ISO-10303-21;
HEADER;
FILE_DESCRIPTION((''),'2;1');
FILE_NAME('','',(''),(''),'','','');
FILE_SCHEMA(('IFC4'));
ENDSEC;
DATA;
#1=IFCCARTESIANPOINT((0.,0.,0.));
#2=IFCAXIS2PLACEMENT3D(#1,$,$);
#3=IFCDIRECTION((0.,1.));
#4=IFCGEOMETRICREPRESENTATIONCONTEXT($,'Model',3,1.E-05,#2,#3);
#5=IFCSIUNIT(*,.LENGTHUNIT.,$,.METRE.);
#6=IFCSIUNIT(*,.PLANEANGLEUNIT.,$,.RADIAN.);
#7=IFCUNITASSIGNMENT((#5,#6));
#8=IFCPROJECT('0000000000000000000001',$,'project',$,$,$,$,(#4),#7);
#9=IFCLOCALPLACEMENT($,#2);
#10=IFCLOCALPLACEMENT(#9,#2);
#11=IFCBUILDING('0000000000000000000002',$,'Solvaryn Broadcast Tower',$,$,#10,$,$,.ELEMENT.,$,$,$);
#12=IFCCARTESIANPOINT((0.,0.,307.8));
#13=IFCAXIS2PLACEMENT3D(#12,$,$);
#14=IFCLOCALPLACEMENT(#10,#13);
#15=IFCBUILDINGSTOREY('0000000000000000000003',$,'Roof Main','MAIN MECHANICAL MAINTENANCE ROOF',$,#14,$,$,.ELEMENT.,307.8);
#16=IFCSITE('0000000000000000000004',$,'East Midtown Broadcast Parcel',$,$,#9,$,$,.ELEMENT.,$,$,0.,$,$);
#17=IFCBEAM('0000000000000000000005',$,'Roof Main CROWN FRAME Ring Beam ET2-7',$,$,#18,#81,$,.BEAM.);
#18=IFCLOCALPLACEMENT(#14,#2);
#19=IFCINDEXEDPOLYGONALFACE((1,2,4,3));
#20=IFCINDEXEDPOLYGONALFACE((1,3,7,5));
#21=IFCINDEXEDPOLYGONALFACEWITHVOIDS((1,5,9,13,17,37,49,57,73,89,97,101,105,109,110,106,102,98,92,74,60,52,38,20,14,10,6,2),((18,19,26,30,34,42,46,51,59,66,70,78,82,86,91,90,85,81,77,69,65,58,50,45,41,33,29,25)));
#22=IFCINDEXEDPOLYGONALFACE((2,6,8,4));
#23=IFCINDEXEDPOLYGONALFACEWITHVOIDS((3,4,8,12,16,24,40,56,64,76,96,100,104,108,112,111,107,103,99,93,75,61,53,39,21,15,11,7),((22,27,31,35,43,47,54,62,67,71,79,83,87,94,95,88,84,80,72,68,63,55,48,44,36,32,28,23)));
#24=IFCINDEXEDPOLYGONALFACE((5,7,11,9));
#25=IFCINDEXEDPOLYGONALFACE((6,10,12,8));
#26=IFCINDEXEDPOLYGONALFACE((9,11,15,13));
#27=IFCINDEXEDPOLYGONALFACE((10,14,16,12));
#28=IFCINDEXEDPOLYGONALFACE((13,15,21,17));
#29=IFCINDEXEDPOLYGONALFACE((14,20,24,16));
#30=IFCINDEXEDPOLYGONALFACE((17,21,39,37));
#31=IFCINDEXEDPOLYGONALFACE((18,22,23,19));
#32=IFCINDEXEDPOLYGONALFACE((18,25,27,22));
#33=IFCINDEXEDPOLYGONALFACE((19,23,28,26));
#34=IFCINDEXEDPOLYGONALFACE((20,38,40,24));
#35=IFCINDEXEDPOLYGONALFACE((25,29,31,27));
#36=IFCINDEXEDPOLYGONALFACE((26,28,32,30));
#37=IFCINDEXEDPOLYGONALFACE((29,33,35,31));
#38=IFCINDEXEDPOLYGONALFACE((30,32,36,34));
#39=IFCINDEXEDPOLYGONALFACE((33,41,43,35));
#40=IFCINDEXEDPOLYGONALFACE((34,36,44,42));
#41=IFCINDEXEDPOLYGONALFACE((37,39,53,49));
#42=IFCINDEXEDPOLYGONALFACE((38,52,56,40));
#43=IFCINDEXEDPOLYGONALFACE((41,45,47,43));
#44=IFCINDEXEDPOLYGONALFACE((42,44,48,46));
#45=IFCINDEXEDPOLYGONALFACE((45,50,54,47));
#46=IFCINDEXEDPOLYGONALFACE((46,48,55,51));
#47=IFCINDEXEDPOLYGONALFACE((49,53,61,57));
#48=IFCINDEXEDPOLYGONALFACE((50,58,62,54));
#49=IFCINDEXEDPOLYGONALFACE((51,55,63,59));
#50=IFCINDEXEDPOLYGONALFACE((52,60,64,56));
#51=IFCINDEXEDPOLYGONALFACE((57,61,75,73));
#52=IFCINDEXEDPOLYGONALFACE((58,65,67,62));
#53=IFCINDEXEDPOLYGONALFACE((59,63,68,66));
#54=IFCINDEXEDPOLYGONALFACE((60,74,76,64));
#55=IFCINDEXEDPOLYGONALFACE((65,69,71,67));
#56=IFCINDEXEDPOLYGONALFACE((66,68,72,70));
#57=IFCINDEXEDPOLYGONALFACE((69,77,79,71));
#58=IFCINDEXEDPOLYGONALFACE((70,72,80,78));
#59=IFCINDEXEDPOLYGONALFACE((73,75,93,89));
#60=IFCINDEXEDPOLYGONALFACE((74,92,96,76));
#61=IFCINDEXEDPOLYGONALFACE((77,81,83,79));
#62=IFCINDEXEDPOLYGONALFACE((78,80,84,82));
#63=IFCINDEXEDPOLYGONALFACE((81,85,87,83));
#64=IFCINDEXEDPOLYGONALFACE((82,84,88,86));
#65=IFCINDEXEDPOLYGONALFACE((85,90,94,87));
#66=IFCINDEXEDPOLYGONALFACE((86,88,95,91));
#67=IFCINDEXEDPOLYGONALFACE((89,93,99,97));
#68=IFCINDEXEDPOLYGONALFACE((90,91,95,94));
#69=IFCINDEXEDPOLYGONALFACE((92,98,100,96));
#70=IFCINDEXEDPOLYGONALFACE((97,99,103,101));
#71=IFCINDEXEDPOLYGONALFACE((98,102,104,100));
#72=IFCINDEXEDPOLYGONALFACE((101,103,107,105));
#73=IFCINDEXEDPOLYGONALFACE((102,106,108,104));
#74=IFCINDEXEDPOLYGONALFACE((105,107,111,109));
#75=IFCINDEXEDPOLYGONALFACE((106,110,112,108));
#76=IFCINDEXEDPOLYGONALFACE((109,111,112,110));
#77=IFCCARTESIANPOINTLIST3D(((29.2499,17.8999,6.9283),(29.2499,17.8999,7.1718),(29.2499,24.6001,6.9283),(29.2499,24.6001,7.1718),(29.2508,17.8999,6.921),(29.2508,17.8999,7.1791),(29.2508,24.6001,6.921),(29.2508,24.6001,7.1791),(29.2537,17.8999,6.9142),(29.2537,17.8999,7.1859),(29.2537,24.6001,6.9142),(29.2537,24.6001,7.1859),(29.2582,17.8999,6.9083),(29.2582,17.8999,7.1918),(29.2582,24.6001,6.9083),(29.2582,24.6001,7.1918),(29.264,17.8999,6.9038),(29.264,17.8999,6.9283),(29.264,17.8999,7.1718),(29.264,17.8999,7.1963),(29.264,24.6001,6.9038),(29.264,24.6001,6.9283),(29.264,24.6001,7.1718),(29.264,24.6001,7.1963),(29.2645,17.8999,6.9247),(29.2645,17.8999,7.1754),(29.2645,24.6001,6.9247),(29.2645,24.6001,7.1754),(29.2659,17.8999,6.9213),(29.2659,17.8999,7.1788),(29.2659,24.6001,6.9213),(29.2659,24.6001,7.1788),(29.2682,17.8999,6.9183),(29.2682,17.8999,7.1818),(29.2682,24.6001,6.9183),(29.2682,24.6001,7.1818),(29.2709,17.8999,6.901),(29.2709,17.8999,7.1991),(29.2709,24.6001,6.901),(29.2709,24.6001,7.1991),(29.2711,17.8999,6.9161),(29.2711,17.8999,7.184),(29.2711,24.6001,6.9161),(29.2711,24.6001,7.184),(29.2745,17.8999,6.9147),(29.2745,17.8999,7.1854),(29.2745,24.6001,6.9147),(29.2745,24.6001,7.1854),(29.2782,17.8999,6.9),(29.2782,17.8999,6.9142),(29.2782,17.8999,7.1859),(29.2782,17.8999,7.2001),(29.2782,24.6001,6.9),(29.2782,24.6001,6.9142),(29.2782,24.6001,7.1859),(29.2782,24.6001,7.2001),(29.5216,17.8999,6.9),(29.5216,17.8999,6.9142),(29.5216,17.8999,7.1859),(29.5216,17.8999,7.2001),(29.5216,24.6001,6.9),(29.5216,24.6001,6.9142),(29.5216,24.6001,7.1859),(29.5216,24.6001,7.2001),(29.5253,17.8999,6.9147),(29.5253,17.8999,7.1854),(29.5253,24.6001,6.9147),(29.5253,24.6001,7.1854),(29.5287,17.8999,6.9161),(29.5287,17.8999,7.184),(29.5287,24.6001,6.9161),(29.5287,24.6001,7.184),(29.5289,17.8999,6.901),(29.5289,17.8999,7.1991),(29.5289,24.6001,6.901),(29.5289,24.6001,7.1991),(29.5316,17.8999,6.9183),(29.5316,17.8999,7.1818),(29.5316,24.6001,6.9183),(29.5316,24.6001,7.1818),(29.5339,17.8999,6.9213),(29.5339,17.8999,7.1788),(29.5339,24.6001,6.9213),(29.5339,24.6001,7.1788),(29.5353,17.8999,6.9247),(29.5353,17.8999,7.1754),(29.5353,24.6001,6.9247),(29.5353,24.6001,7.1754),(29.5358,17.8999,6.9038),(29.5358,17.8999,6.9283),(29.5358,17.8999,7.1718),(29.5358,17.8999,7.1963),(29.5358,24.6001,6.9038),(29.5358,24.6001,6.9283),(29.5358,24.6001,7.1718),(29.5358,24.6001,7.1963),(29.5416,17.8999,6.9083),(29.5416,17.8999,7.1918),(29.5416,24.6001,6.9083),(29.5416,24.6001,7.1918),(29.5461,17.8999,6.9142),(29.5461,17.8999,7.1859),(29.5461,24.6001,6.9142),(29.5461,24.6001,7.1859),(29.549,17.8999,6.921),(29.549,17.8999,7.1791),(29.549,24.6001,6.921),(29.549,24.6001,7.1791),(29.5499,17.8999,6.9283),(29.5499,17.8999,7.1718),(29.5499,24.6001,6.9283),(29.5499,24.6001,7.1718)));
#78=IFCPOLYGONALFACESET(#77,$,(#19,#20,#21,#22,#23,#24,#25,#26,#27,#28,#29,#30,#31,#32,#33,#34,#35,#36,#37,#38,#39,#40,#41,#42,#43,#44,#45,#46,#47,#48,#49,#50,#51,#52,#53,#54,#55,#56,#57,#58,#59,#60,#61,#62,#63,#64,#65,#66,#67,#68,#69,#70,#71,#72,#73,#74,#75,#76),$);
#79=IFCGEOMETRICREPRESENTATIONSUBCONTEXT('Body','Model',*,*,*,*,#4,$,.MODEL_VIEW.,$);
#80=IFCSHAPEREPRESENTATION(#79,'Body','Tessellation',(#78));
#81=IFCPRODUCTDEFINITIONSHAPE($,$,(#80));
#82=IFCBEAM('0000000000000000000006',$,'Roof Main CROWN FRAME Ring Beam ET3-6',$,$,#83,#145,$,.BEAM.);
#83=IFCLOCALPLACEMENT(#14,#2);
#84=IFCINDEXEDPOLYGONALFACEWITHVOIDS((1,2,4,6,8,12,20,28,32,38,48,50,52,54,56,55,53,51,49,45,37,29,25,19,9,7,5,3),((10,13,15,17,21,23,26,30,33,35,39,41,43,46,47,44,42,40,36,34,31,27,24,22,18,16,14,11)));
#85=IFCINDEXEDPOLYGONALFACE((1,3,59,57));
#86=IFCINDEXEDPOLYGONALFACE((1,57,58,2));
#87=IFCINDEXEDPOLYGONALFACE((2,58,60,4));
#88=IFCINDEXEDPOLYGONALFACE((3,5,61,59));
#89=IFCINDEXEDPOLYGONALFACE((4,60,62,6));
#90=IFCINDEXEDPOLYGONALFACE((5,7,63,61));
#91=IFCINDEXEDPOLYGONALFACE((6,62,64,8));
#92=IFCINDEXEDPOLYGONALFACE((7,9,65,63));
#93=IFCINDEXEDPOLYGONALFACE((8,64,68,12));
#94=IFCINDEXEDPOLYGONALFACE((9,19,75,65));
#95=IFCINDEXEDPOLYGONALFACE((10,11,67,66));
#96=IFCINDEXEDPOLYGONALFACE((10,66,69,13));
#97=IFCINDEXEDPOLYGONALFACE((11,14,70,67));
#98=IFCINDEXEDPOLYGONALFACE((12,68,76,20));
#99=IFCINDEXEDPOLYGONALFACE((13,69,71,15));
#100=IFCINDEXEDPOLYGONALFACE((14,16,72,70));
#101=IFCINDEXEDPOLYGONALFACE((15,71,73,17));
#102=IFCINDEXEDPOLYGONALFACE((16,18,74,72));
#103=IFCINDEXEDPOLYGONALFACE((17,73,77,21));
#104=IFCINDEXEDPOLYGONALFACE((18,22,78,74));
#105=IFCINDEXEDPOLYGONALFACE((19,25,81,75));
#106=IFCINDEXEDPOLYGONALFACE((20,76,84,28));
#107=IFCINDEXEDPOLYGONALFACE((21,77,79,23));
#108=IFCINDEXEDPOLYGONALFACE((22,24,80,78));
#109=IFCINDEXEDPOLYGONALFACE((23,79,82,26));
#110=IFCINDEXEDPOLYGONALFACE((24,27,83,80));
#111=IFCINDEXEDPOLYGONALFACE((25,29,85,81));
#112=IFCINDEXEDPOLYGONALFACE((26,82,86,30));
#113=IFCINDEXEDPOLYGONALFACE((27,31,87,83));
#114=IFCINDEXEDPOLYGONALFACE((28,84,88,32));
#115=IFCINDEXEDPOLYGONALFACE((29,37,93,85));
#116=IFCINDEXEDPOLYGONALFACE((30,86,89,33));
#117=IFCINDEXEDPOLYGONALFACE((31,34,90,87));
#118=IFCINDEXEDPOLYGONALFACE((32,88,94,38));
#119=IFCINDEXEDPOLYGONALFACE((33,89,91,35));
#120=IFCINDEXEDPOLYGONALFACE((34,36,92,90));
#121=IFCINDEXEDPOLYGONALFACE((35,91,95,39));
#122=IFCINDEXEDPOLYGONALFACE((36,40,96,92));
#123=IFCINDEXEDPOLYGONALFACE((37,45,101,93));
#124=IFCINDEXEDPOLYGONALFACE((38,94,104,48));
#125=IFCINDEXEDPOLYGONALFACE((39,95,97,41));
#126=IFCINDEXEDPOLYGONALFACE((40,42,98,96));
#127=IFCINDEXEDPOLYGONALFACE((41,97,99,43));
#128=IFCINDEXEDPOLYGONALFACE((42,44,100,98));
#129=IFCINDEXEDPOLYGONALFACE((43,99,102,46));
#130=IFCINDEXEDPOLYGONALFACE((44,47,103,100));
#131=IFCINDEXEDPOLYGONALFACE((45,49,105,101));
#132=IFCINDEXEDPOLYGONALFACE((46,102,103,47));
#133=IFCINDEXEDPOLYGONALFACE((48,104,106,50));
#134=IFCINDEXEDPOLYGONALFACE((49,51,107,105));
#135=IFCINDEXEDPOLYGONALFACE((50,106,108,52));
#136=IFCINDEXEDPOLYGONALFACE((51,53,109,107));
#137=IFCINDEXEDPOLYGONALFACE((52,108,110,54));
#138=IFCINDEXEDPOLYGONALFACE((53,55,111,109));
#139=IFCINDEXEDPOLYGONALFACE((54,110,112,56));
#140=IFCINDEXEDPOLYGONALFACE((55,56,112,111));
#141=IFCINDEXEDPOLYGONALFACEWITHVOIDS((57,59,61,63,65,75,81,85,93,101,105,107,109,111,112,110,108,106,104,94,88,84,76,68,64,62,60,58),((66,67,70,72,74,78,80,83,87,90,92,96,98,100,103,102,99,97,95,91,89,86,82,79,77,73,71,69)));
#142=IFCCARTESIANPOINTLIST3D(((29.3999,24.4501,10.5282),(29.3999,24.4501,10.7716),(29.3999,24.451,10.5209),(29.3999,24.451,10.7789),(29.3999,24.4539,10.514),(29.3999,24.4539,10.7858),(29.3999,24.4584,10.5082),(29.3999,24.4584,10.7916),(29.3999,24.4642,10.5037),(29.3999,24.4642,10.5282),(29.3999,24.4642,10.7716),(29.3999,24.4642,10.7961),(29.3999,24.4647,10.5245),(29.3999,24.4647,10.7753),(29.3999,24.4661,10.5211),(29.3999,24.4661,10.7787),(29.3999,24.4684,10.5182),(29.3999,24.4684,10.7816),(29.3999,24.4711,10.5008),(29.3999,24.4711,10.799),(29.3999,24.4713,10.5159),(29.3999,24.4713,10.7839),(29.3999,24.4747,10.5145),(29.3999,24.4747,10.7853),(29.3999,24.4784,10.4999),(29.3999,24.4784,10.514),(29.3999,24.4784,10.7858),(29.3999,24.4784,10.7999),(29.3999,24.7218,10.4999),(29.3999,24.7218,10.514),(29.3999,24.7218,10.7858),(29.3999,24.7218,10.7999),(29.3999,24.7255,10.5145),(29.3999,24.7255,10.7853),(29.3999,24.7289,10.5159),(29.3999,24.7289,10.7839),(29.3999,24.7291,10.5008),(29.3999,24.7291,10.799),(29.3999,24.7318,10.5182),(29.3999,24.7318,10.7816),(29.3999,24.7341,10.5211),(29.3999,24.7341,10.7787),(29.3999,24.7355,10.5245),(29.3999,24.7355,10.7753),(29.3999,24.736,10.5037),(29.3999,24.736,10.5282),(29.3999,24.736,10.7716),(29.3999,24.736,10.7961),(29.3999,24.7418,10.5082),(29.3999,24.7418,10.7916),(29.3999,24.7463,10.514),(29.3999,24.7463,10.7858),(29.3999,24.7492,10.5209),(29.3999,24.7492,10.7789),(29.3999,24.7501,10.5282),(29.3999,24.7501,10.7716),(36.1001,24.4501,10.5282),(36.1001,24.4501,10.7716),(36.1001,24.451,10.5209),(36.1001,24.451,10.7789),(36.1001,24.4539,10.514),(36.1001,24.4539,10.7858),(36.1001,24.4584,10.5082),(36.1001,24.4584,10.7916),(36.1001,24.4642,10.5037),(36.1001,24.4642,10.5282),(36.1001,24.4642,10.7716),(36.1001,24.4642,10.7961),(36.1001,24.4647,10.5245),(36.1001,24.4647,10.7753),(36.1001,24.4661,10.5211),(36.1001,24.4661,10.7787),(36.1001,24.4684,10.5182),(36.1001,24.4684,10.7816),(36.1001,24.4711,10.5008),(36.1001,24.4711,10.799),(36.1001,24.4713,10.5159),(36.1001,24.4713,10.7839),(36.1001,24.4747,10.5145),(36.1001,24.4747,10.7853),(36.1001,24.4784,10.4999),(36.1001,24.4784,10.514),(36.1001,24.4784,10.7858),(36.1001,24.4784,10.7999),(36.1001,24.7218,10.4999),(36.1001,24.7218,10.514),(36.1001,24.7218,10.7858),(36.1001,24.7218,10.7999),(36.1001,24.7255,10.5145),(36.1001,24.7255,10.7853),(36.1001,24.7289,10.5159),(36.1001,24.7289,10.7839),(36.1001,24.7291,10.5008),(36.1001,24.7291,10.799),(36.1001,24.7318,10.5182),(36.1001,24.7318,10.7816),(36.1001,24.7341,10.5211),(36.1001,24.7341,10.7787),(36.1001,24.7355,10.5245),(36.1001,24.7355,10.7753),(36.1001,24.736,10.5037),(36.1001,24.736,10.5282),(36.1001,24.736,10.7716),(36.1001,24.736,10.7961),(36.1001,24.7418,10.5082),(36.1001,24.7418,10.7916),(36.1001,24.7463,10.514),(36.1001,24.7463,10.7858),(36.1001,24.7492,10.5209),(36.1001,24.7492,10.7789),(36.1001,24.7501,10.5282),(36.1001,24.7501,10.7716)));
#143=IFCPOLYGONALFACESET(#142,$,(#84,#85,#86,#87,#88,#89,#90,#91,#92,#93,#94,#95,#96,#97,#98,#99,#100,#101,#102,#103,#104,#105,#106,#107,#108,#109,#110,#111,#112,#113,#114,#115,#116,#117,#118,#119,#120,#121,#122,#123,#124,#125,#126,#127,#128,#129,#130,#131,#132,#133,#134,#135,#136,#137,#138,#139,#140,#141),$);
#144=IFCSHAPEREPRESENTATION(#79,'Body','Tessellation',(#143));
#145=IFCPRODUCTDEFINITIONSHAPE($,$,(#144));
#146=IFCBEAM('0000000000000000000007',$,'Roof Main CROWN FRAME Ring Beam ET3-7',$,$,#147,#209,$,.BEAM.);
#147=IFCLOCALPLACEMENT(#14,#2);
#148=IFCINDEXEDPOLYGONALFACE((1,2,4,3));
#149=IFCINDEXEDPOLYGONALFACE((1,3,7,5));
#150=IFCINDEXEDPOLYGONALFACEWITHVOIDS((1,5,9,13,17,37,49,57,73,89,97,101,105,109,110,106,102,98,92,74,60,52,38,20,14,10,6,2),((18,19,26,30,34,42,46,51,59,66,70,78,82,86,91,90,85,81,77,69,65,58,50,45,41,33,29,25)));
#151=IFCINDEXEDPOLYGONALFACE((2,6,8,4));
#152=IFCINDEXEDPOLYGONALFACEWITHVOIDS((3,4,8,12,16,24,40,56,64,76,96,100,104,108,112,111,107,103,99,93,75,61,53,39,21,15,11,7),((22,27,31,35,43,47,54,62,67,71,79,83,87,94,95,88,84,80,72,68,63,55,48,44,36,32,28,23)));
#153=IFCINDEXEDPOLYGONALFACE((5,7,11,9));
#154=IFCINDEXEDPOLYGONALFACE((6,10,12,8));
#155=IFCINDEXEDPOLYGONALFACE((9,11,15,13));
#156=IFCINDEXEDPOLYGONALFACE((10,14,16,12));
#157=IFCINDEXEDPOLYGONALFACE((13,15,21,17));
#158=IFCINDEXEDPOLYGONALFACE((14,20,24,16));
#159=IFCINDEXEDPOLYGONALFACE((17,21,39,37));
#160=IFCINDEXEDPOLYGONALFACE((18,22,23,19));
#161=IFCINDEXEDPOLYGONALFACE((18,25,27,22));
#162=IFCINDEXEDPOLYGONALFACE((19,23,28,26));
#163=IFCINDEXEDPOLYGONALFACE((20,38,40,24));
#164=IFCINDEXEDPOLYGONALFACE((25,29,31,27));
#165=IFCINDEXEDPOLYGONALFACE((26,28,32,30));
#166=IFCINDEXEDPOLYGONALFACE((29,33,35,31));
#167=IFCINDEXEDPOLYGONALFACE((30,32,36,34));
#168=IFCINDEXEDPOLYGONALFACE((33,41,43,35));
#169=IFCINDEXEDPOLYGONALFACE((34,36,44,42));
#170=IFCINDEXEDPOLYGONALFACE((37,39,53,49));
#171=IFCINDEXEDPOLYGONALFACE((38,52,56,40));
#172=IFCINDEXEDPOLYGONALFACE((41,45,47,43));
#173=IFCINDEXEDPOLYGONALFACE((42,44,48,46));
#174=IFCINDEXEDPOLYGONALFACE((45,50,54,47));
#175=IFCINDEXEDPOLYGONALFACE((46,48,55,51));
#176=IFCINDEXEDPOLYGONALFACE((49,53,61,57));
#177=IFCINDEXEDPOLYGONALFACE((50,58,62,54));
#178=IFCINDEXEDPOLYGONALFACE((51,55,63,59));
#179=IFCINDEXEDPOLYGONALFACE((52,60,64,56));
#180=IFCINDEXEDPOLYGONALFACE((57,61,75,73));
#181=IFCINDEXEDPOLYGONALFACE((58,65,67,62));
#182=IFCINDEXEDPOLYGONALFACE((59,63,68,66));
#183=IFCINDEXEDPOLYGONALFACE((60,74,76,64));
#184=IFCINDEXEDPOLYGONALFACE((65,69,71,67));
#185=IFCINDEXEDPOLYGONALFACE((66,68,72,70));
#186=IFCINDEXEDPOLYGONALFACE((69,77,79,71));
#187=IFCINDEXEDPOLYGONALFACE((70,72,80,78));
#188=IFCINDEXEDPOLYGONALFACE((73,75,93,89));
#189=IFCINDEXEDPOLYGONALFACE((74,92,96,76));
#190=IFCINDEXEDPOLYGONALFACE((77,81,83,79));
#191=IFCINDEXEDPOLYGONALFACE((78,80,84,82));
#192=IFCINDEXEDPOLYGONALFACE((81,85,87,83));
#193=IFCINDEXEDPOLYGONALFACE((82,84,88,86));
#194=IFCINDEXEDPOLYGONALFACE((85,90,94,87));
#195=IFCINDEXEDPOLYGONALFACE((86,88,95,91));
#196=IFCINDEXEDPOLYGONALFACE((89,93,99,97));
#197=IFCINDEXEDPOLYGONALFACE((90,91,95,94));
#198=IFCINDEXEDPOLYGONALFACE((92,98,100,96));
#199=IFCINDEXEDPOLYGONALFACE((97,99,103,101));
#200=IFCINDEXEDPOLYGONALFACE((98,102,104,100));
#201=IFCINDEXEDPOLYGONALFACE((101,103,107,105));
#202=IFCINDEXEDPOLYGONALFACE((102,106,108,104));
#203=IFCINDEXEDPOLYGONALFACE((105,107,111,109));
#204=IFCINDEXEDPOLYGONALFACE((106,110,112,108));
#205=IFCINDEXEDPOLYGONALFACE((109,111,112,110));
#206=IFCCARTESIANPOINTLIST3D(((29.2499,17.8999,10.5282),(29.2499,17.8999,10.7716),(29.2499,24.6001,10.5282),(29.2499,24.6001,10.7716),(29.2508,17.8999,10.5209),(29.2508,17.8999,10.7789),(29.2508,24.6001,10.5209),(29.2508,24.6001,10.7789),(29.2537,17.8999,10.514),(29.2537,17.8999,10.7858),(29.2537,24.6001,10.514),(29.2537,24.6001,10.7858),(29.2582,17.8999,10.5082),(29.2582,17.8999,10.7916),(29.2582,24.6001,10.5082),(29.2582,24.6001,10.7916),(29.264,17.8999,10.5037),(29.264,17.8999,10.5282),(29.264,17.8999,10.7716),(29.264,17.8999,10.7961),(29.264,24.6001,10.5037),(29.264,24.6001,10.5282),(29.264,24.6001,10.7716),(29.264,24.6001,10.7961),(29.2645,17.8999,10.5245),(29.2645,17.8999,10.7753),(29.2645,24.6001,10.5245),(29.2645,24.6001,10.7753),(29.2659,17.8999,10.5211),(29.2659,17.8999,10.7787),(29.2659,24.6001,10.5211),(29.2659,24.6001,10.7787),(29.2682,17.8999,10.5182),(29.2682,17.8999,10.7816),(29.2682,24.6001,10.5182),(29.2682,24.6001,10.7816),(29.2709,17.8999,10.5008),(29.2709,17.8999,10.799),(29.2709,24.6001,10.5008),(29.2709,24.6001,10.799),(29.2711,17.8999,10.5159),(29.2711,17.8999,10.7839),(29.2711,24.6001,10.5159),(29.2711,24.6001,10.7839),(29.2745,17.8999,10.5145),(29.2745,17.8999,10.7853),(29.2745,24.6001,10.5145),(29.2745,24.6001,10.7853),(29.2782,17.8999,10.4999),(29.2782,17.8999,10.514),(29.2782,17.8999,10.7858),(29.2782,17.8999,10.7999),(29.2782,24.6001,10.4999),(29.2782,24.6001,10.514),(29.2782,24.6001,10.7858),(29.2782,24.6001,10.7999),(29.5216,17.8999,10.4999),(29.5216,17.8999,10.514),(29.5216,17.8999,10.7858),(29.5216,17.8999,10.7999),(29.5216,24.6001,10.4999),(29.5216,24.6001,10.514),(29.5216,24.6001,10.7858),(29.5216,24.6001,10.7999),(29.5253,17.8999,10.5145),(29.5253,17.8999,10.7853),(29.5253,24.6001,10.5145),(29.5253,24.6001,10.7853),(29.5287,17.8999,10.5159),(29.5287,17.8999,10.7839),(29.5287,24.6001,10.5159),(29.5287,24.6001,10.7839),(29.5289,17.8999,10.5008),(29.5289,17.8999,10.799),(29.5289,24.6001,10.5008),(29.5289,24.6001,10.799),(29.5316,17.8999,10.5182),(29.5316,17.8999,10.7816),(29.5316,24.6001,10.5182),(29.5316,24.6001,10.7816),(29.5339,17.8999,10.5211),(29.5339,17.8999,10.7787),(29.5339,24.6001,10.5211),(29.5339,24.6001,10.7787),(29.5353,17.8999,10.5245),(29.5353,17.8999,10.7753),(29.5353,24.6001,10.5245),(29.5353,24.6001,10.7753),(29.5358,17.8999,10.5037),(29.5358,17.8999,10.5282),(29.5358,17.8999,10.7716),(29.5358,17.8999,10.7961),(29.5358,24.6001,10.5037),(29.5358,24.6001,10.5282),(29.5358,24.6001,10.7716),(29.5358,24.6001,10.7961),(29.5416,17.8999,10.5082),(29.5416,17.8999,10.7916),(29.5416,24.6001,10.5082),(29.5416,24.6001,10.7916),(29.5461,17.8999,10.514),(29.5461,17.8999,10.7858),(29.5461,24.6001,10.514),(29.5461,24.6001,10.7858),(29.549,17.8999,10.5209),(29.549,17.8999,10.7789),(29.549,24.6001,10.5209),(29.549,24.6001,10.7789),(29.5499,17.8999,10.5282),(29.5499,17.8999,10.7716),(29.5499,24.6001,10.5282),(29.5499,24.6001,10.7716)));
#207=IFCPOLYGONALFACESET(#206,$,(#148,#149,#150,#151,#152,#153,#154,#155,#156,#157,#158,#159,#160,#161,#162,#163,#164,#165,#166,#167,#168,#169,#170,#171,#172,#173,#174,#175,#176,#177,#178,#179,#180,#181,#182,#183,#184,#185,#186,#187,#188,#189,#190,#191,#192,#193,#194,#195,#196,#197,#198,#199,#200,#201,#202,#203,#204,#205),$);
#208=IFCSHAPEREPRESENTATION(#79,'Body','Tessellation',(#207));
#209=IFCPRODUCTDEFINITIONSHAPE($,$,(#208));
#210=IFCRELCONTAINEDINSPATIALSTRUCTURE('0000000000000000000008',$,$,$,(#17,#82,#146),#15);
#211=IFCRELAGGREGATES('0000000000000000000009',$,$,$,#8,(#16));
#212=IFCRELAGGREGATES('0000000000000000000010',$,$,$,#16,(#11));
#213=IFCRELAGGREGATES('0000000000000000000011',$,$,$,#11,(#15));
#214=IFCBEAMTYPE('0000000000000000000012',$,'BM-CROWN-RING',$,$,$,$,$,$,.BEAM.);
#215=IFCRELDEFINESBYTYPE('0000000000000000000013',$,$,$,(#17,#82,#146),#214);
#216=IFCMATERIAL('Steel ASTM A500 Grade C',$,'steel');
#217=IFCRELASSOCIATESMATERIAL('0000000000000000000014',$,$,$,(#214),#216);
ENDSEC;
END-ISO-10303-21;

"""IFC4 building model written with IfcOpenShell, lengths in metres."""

from ifc_helpers import new_model, si_unit, direction, frame, origin, origin_2d, place, context, subcontext, project, spatial, hollow_rectangle, extrude, material, material_profile, profile_set, type_object, element, save


model = new_model("IFC4")

# Units and contexts
model_context = context("Model", 3, precision=1e-05, world=origin(), true_north=direction((0.0, 1.0)))
body_context = subcontext(model_context, "Body", "Model", "MODEL_VIEW")
ifc_project = project(units=[si_unit("LENGTHUNIT", "METRE"), si_unit("PLANEANGLEUNIT", "RADIAN")], contexts=[model_context])

# Site, building, storey
site_placement = place(None, origin())
site = spatial("IfcSite", under=ifc_project, at=site_placement, Name="East Midtown Broadcast Parcel", CompositionType="ELEMENT", RefElevation=0.0)
building_placement = place(site_placement, origin())
building = spatial("IfcBuilding", under=site, at=building_placement, Name="Solvaryn Broadcast Tower", CompositionType="ELEMENT")
storey_placement = place(building_placement, frame((0.0, 0.0, 307.8)))
storey = spatial("IfcBuildingStorey", under=building, at=storey_placement, Name="Roof Main", Description="MAIN MECHANICAL MAINTENANCE ROOF", CompositionType="ELEMENT", Elevation=307.8)

# Beams
ifc_material_1 = material(Name="Steel ASTM A500 Grade C", Category="steel")
ifc_material_profile_1 = material_profile(ifc_material_1, hollow_rectangle(XDim=0.3, YDim=0.3, WallThickness=0.0142, InnerFilletRadius=0.0142, OuterFilletRadius=0.0283, at=origin_2d()))
ifc_profile_set_1 = profile_set([ifc_material_profile_1], Name="Steel ASTM A500 Grade C")
beam_type_1 = type_object("IfcBeamType", Name="BM-CROWN-RING", PredefinedType="BEAM", material=ifc_profile_set_1)
for number, where, z_axis, x_axis, name in (
    (1, (29.3999, 24.6001, 7.05), (0.0, -1.0, 0.0), (1.0, 0.0, 0.0), "Roof Main CROWN FRAME Ring Beam ET2-7"),
    (2, (36.1001, 24.6001, 10.6499), (-1.0, 0.0, 0.0), (0.0, -1.0, 0.0), "Roof Main CROWN FRAME Ring Beam ET3-6"),
    (3, (29.3999, 24.6001, 10.6499), (0.0, -1.0, 0.0), (1.0, 0.0, 0.0), "Roof Main CROWN FRAME Ring Beam ET3-7"),
):
    element("IfcBeam", number, at=place(storey_placement, frame(where, z_axis=z_axis, x_axis=x_axis)), inside=storey, type_object=beam_type_1, Name=name, PredefinedType="BEAM", context=body_context, shape_type="SweptSolid", body=[
        extrude(hollow_rectangle(XDim=0.3, YDim=0.3, WallThickness=0.0142, InnerFilletRadius=0.0142, OuterFilletRadius=0.0283, at=origin_2d()), origin(), (0.0, 0.0, 1.0), 6.7002),
    ])

save(model, "model.ifc")
